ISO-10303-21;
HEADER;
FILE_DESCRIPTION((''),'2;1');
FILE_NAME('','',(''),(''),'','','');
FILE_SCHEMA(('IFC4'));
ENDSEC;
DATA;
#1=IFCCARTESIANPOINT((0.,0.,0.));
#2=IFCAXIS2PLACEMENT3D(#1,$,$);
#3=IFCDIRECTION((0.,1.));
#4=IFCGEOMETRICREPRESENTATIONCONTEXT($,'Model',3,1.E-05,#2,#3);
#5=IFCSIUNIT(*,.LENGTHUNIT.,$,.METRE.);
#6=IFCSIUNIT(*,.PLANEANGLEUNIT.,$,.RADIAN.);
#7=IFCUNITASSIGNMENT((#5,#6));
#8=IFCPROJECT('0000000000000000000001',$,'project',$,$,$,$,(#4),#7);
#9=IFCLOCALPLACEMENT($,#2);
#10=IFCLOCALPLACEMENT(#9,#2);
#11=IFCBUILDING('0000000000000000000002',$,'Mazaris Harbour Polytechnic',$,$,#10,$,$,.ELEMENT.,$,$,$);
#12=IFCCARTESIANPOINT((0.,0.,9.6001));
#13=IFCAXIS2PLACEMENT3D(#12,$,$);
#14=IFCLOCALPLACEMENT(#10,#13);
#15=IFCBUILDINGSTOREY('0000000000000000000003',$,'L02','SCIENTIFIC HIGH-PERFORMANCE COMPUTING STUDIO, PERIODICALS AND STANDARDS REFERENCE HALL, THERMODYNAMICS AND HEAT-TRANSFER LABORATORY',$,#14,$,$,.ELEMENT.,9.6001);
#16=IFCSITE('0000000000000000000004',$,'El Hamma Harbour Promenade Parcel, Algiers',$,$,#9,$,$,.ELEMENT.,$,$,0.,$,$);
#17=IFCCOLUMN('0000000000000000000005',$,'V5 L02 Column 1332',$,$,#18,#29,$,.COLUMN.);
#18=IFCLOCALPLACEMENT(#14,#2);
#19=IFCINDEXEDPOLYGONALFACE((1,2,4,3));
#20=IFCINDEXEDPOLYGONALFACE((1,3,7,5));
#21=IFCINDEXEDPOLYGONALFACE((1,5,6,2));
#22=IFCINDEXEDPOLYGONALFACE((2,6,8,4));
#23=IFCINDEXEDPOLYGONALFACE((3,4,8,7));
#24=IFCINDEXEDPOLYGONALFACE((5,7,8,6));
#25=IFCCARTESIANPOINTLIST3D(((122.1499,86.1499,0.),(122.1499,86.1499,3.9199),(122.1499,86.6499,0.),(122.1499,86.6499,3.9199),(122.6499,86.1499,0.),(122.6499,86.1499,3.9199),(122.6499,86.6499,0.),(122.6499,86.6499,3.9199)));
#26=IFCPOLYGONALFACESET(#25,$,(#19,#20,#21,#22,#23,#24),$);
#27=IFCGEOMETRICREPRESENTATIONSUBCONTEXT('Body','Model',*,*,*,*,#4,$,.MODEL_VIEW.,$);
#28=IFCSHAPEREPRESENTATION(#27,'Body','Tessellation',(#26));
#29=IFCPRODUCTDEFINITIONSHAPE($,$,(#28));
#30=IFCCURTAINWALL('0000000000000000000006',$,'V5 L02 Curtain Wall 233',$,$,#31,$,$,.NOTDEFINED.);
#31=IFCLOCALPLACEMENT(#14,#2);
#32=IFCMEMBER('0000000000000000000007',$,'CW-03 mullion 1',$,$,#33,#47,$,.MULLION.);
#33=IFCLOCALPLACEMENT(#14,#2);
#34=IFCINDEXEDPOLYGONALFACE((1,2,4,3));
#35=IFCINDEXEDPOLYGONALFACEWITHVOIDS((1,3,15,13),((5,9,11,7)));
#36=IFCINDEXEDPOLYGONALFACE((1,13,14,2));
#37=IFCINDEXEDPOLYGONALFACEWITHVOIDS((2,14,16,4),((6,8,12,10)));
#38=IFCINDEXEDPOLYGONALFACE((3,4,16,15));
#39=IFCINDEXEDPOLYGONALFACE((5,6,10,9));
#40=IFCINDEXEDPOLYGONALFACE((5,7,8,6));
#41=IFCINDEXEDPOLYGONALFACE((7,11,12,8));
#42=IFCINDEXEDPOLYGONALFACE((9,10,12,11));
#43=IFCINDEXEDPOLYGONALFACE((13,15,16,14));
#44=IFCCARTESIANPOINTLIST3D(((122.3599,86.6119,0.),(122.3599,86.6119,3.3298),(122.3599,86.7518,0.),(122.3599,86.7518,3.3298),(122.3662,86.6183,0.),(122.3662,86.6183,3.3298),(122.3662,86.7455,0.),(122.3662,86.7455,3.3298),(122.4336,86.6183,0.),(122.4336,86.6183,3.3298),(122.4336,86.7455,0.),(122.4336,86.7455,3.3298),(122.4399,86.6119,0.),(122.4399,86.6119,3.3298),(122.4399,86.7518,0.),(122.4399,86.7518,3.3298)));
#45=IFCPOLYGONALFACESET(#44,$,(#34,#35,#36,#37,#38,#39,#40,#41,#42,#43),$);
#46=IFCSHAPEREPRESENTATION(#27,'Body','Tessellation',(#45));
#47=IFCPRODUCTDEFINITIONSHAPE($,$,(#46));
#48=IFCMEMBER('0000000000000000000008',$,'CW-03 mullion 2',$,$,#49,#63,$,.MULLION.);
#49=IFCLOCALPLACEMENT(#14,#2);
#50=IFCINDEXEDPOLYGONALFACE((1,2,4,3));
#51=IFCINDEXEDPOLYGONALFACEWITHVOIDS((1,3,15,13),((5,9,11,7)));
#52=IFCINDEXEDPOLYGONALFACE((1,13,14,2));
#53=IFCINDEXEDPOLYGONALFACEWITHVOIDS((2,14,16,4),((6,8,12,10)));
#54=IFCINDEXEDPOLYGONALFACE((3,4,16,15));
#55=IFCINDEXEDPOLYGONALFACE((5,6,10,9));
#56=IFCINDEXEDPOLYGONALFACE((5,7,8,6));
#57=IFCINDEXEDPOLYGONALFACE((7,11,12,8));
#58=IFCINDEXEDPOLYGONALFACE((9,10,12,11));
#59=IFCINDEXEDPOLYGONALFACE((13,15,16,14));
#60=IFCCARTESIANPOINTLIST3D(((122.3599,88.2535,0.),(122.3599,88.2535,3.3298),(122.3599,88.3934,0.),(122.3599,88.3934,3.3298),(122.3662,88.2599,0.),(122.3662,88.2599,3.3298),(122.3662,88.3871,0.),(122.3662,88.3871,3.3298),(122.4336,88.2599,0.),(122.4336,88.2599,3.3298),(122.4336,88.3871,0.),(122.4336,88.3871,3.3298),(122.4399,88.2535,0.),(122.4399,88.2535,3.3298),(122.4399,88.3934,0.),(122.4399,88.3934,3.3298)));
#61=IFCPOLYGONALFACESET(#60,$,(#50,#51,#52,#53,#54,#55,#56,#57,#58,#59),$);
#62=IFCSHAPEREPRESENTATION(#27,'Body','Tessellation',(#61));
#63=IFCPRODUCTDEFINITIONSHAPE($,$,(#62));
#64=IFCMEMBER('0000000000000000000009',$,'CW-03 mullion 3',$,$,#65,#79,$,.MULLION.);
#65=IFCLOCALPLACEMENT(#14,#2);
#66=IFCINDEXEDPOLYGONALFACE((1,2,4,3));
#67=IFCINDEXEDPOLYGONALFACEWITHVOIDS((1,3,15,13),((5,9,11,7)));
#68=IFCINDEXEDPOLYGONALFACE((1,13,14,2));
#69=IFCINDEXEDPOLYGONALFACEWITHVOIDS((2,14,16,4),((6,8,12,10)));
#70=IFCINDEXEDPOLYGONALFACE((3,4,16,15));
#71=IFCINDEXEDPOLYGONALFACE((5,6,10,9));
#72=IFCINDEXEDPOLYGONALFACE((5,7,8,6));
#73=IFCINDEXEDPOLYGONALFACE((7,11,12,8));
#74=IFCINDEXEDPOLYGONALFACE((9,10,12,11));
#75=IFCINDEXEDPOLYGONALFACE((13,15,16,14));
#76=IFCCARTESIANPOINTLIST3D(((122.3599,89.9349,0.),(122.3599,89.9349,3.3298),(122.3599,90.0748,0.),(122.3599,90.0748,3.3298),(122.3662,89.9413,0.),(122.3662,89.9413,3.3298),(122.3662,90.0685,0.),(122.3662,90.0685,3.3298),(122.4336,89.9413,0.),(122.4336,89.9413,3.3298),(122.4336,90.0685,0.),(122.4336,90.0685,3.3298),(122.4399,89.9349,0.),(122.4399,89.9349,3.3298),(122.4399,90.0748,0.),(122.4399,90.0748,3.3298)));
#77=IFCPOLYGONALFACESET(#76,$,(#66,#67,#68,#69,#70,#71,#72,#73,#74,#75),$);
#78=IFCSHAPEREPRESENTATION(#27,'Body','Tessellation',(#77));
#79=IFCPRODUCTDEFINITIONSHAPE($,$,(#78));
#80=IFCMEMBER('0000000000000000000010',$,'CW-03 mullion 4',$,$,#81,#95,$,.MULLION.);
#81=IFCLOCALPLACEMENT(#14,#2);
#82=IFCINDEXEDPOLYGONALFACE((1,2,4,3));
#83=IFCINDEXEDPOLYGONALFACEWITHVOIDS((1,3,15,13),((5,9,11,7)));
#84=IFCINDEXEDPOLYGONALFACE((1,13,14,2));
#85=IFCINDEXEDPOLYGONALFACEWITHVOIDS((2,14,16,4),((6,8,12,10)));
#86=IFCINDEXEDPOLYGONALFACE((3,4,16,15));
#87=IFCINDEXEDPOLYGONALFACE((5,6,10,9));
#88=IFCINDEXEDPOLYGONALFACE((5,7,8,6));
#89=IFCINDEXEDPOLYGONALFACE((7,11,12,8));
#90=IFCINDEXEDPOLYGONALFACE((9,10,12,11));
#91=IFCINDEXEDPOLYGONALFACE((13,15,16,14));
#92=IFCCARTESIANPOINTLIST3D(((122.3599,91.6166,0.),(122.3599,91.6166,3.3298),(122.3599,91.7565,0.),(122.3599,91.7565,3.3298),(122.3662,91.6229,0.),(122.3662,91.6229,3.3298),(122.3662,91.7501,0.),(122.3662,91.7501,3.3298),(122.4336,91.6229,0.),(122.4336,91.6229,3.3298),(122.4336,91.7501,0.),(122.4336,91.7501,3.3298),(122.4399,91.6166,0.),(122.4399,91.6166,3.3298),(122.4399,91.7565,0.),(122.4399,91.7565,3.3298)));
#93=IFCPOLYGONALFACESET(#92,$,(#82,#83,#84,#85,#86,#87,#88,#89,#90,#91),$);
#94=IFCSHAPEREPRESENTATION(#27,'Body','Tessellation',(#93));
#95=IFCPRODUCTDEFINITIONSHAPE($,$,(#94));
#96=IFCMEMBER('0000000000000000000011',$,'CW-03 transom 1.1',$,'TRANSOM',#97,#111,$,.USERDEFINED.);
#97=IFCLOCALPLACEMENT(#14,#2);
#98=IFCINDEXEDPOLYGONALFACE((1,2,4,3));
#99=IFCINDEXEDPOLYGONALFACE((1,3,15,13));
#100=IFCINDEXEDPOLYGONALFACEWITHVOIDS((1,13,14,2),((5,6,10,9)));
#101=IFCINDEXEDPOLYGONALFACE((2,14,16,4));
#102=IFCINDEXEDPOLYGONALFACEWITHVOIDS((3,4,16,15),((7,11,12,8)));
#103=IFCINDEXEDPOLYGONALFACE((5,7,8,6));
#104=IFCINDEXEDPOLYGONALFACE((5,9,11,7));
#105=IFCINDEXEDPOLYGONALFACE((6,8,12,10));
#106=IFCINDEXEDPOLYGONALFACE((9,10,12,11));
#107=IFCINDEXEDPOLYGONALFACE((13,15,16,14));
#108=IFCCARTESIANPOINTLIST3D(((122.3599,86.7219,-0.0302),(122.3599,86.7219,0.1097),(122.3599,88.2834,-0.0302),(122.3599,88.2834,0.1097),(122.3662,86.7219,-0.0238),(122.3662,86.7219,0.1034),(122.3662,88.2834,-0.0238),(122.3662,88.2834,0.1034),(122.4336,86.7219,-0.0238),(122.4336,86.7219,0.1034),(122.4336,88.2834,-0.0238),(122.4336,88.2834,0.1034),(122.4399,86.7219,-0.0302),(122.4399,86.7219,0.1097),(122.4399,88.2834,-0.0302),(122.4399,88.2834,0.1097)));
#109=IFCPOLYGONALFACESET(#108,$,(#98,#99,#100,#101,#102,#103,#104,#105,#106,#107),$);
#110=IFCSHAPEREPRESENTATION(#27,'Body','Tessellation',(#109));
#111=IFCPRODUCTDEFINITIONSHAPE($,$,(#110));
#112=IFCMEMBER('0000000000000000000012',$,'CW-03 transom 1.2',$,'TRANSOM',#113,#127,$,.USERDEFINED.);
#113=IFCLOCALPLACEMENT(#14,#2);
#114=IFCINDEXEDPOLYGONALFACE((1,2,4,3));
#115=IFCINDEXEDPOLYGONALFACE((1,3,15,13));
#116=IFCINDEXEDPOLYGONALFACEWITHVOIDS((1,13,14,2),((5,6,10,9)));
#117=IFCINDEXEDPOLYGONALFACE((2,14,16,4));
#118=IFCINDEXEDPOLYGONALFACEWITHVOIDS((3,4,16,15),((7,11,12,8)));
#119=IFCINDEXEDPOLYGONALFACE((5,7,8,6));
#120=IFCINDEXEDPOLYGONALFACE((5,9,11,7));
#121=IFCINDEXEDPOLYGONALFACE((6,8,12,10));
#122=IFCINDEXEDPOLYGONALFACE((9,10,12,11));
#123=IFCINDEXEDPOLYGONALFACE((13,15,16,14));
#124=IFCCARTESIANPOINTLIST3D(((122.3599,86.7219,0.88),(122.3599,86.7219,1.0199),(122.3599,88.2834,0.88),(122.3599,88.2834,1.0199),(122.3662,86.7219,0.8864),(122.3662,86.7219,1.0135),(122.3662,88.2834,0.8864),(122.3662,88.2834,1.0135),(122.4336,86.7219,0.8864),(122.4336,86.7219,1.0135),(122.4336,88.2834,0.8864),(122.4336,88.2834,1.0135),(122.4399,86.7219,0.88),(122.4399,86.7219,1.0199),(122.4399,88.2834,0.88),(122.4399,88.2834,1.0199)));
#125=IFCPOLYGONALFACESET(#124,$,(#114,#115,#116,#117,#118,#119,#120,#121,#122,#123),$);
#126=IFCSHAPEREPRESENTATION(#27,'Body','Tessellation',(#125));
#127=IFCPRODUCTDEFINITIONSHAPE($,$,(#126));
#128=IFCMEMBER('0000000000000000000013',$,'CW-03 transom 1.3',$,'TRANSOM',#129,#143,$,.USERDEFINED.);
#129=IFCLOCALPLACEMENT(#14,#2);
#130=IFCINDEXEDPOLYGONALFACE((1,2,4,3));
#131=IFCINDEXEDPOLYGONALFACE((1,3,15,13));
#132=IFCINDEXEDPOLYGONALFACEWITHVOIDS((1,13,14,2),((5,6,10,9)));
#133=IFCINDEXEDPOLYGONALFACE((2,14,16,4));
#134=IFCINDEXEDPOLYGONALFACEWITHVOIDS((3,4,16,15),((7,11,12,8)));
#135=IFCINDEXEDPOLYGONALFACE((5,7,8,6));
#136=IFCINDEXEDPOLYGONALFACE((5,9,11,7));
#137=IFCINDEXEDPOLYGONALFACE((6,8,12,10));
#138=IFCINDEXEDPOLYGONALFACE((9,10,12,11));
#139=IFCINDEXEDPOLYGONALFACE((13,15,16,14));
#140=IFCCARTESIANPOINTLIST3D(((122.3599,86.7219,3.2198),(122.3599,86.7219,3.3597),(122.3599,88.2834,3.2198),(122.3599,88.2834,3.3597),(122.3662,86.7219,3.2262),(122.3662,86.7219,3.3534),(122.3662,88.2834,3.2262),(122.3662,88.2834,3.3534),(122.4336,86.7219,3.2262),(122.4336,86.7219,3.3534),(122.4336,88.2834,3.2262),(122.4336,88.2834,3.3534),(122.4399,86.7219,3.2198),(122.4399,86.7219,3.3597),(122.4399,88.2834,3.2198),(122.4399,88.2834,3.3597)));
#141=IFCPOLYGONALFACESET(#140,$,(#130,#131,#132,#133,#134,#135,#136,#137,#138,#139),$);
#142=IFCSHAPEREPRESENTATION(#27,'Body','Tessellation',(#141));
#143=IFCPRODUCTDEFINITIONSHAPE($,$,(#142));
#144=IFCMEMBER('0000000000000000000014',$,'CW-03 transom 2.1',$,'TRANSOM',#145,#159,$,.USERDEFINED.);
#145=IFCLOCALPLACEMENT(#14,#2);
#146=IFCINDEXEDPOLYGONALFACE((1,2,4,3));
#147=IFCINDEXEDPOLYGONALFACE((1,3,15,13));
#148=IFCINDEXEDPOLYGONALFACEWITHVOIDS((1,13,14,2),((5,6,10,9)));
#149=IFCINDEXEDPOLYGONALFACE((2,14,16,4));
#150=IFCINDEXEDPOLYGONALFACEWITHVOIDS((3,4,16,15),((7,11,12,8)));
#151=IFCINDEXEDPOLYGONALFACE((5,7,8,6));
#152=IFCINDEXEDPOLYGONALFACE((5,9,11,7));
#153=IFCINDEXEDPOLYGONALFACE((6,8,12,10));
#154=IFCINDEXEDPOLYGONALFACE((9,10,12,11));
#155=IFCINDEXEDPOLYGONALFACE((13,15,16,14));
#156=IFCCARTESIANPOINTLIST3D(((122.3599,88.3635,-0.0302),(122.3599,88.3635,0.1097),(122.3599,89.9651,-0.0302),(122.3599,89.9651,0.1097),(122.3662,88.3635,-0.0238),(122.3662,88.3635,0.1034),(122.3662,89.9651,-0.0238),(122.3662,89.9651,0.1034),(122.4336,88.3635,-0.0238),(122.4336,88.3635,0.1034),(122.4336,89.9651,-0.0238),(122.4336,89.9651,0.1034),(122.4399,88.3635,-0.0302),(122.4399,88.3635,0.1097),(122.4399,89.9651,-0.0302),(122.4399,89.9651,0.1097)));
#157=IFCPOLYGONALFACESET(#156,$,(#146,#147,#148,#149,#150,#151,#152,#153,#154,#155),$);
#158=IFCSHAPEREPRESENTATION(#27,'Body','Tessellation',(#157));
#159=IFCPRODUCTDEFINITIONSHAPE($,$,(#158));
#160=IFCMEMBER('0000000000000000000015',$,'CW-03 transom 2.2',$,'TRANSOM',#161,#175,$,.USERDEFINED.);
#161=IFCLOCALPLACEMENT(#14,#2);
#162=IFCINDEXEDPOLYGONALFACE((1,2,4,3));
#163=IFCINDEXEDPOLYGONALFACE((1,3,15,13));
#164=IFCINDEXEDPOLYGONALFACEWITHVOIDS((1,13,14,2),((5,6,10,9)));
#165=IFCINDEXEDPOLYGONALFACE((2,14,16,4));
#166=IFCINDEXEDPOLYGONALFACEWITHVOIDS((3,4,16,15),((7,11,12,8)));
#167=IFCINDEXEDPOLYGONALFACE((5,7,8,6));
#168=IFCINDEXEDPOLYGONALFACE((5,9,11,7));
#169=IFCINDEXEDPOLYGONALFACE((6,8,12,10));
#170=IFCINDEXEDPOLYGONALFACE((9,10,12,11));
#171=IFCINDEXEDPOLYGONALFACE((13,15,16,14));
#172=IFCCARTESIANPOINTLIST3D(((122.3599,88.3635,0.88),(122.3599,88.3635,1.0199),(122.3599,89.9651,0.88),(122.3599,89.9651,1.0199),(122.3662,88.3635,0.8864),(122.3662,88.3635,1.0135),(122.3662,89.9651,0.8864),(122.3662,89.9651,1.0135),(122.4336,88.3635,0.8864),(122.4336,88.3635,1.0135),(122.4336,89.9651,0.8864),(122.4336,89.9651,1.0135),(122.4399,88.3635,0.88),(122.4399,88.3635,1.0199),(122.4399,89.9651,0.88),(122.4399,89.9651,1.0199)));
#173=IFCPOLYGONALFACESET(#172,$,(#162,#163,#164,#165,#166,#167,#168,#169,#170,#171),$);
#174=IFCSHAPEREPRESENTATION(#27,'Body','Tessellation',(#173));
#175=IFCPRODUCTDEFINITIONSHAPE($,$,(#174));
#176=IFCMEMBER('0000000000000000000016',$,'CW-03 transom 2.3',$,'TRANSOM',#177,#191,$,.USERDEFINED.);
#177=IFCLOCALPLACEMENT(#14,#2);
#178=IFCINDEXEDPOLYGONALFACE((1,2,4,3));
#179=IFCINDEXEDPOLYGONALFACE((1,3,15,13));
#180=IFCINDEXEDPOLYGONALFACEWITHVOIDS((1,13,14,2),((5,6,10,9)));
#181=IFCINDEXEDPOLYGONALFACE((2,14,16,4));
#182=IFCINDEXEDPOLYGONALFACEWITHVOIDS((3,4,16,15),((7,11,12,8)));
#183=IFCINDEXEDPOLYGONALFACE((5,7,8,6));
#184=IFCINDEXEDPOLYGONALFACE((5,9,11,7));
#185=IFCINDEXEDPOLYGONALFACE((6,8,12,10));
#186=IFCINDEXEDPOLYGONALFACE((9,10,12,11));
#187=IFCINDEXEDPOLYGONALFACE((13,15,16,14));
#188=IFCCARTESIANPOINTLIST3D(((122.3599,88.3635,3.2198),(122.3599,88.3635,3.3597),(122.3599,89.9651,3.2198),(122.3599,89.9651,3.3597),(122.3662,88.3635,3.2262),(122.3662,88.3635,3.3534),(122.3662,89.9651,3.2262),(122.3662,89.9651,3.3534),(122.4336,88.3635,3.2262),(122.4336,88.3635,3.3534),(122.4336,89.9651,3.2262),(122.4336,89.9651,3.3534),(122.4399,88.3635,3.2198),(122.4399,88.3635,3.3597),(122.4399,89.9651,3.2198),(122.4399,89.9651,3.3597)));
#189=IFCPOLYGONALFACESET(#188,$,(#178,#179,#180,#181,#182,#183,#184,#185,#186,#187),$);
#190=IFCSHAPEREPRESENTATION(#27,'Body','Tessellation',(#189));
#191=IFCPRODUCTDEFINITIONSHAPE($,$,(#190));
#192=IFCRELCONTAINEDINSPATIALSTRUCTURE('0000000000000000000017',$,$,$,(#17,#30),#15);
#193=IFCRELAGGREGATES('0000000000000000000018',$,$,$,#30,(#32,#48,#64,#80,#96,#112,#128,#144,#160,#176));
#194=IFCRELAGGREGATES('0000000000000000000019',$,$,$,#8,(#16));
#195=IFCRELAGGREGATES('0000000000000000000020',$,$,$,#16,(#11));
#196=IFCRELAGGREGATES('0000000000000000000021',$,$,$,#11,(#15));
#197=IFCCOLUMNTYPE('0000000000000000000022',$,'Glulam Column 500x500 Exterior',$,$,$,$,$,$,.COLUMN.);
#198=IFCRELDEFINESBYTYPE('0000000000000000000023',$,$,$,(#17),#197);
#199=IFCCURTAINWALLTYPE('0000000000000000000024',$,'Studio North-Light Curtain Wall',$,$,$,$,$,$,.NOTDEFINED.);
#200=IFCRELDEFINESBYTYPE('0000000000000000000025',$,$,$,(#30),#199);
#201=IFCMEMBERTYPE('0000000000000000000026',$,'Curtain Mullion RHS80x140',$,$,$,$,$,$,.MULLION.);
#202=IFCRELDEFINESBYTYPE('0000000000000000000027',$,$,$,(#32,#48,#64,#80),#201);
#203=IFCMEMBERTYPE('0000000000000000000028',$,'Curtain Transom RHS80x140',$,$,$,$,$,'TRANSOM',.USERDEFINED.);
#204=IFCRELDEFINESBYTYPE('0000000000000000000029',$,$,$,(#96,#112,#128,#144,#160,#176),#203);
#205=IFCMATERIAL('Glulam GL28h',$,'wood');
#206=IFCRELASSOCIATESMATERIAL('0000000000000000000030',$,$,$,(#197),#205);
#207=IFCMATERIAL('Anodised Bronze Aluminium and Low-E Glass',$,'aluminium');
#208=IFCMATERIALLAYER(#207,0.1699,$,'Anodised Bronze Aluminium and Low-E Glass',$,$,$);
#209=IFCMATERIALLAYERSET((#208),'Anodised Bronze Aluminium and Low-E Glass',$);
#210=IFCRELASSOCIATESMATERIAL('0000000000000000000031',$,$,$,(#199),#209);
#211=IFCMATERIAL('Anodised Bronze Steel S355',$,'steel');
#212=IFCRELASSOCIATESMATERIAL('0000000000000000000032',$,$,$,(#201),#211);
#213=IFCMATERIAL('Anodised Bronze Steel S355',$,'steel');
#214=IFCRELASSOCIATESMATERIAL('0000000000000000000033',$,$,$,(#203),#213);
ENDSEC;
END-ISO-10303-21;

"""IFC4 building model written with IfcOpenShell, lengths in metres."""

from ifc_helpers import new_model, si_unit, direction, frame, origin, origin_2d, place, context, subcontext, project, spatial, rectangle, hollow_rectangle, extrude, material, layer, layer_set, material_profile, profile_set, type_object, element, aggregate, save


model = new_model("IFC4")

# Units and contexts
model_context = context("Model", 3, precision=1e-05, world=origin(), true_north=direction((0.0, 1.0)))
body_context = subcontext(model_context, "Body", "Model", "MODEL_VIEW")
ifc_project = project(units=[si_unit("LENGTHUNIT", "METRE"), si_unit("PLANEANGLEUNIT", "RADIAN")], contexts=[model_context])

# Site, building, storey
site_placement = place(None, origin())
site = spatial("IfcSite", under=ifc_project, at=site_placement, Name="El Hamma Harbour Promenade Parcel, Algiers", CompositionType="ELEMENT", RefElevation=0.0)
building_placement = place(site_placement, origin())
building = spatial("IfcBuilding", under=site, at=building_placement, Name="Mazaris Harbour Polytechnic", CompositionType="ELEMENT")
storey_placement = place(building_placement, frame((0.0, 0.0, 9.6001)))
storey = spatial("IfcBuildingStorey", under=building, at=storey_placement, Name="L02", Description="SCIENTIFIC HIGH-PERFORMANCE COMPUTING STUDIO, PERIODICALS AND STANDARDS REFERENCE HALL, THERMODYNAMICS AND HEAT-TRANSFER LABORATORY", CompositionType="ELEMENT", Elevation=9.6001)

# Column
ifc_material_1 = material(Name="Glulam GL28h", Category="wood")
ifc_material_profile_1 = material_profile(ifc_material_1, rectangle(XDim=0.5, YDim=0.5, at=origin_2d()), Name="RECT500x500")
ifc_profile_set_1 = profile_set([ifc_material_profile_1], Name="Glulam GL28h")
column_type = type_object("IfcColumnType", Name="Glulam Column 500x500 Exterior", PredefinedType="COLUMN", material=ifc_profile_set_1)
column_placement = place(storey_placement, frame((122.3999, 86.3999, 0.0), z_axis=(0.0, 0.0, 1.0), x_axis=(1.0, 0.0, 0.0)))
element("IfcColumn", 1, at=column_placement, inside=storey, type_object=column_type, Name="V5 L02 Column 1332", PredefinedType="COLUMN", context=body_context, shape_type="SweptSolid", body=[
    extrude(rectangle(XDim=0.5, YDim=0.5, at=origin_2d()), origin(), (0.0, 0.0, 1.0), 3.9199),
])

# Curtain wall, members
ifc_material_2 = material(Name="Anodised Bronze Aluminium and Low-E Glass", Category="aluminium")
ifc_layer_1 = layer(ifc_material_2, 0.1699, Name="Anodised Bronze Aluminium and Low-E Glass")
ifc_layer_set_1 = layer_set([ifc_layer_1], Name="Anodised Bronze Aluminium and Low-E Glass")
curtain_wall_type = type_object("IfcCurtainWallType", Name="Studio North-Light Curtain Wall", PredefinedType="NOTDEFINED", material=ifc_layer_set_1)
curtain_wall_placement = place(storey_placement, origin())
curtain_wall = element("IfcCurtainWall", 2, at=curtain_wall_placement, inside=storey, type_object=curtain_wall_type, Name="V5 L02 Curtain Wall 233", PredefinedType="NOTDEFINED")
ifc_material_3 = material(Name="Anodised Bronze Steel S355", Category="steel")
ifc_material_profile_2 = material_profile(ifc_material_3, hollow_rectangle(XDim=0.0801, YDim=0.1399, WallThickness=0.0063, at=origin_2d()), Name="RHS 80x140x6.3")
ifc_profile_set_2 = profile_set([ifc_material_profile_2], Name="Anodised Bronze Steel S355")
member_type_1 = type_object("IfcMemberType", Name="Curtain Mullion RHS80x140", PredefinedType="MULLION", material=ifc_profile_set_2)
member_1_placement = place(storey_placement, frame((122.3999, 86.6819, 0.0), z_axis=(0.0, 0.0, 1.0), x_axis=(-1.0, 0.0, 0.0)))
member_1 = element("IfcMember", 3, at=member_1_placement, type_object=member_type_1, Name="CW-03 mullion 1", PredefinedType="MULLION", context=body_context, shape_type="SweptSolid", body=[
    extrude(hollow_rectangle(XDim=0.0801, YDim=0.1399, WallThickness=0.0063, at=origin_2d()), origin(), (0.0, 0.0, 1.0), 3.3298),
])
member_2_placement = place(storey_placement, frame((122.3999, 88.3235, 0.0), z_axis=(0.0, 0.0, 1.0), x_axis=(-1.0, 0.0, 0.0)))
member_2 = element("IfcMember", 4, at=member_2_placement, type_object=member_type_1, Name="CW-03 mullion 2", PredefinedType="MULLION", context=body_context, shape_type="SweptSolid", body=[
    extrude(hollow_rectangle(XDim=0.0801, YDim=0.1399, WallThickness=0.0063, at=origin_2d()), origin(), (0.0, 0.0, 1.0), 3.3298),
])
member_3_placement = place(storey_placement, frame((122.3999, 90.0049, 0.0), z_axis=(0.0, 0.0, 1.0), x_axis=(-1.0, 0.0, 0.0)))
member_3 = element("IfcMember", 5, at=member_3_placement, type_object=member_type_1, Name="CW-03 mullion 3", PredefinedType="MULLION", context=body_context, shape_type="SweptSolid", body=[
    extrude(hollow_rectangle(XDim=0.0801, YDim=0.1399, WallThickness=0.0063, at=origin_2d()), origin(), (0.0, 0.0, 1.0), 3.3298),
])
member_4_placement = place(storey_placement, frame((122.3999, 91.6865, 0.0), z_axis=(0.0, 0.0, 1.0), x_axis=(-1.0, 0.0, 0.0)))
member_4 = element("IfcMember", 6, at=member_4_placement, type_object=member_type_1, Name="CW-03 mullion 4", PredefinedType="MULLION", context=body_context, shape_type="SweptSolid", body=[
    extrude(hollow_rectangle(XDim=0.0801, YDim=0.1399, WallThickness=0.0063, at=origin_2d()), origin(), (0.0, 0.0, 1.0), 3.3298),
])
ifc_material_4 = material(Name="Anodised Bronze Steel S355", Category="steel")
ifc_material_profile_3 = material_profile(ifc_material_4, hollow_rectangle(XDim=0.0801, YDim=0.1399, WallThickness=0.0063, at=origin_2d()), Name="RHS 80x140x6.3")
ifc_profile_set_3 = profile_set([ifc_material_profile_3], Name="Anodised Bronze Steel S355")
member_type_2 = type_object("IfcMemberType", Name="Curtain Transom RHS80x140", ElementType="TRANSOM", PredefinedType="USERDEFINED", material=ifc_profile_set_3)
member_5_placement = place(storey_placement, frame((122.3999, 86.7219, 0.0398), z_axis=(0.0, 1.0, 0.0), x_axis=(-1.0, 0.0, 0.0)))
member_5 = element("IfcMember", 7, at=member_5_placement, type_object=member_type_2, Name="CW-03 transom 1.1", ObjectType="TRANSOM", PredefinedType="USERDEFINED", context=body_context, shape_type="SweptSolid", body=[
    extrude(hollow_rectangle(XDim=0.0801, YDim=0.1399, WallThickness=0.0063, at=origin_2d()), origin(), (0.0, 0.0, 1.0), 1.5615),
])
member_6_placement = place(storey_placement, frame((122.3999, 86.7219, 0.95), z_axis=(0.0, 1.0, 0.0), x_axis=(-1.0, 0.0, 0.0)))
member_6 = element("IfcMember", 8, at=member_6_placement, type_object=member_type_2, Name="CW-03 transom 1.2", ObjectType="TRANSOM", PredefinedType="USERDEFINED", context=body_context, shape_type="SweptSolid", body=[
    extrude(hollow_rectangle(XDim=0.0801, YDim=0.1399, WallThickness=0.0063, at=origin_2d()), origin(), (0.0, 0.0, 1.0), 1.5615),
])
member_7_placement = place(storey_placement, frame((122.3999, 86.7219, 3.2898), z_axis=(0.0, 1.0, 0.0), x_axis=(-1.0, 0.0, 0.0)))
member_7 = element("IfcMember", 9, at=member_7_placement, type_object=member_type_2, Name="CW-03 transom 1.3", ObjectType="TRANSOM", PredefinedType="USERDEFINED", context=body_context, shape_type="SweptSolid", body=[
    extrude(hollow_rectangle(XDim=0.0801, YDim=0.1399, WallThickness=0.0063, at=origin_2d()), origin(), (0.0, 0.0, 1.0), 1.5615),
])
member_8_placement = place(storey_placement, frame((122.3999, 88.3635, 0.0398), z_axis=(0.0, 1.0, 0.0), x_axis=(-1.0, 0.0, 0.0)))
member_8 = element("IfcMember", 10, at=member_8_placement, type_object=member_type_2, Name="CW-03 transom 2.1", ObjectType="TRANSOM", PredefinedType="USERDEFINED", context=body_context, shape_type="SweptSolid", body=[
    extrude(hollow_rectangle(XDim=0.0801, YDim=0.1399, WallThickness=0.0063, at=origin_2d()), origin(), (0.0, 0.0, 1.0), 1.6016),
])
member_9_placement = place(storey_placement, frame((122.3999, 88.3635, 0.95), z_axis=(0.0, 1.0, 0.0), x_axis=(-1.0, 0.0, 0.0)))
member_9 = element("IfcMember", 11, at=member_9_placement, type_object=member_type_2, Name="CW-03 transom 2.2", ObjectType="TRANSOM", PredefinedType="USERDEFINED", context=body_context, shape_type="SweptSolid", body=[
    extrude(hollow_rectangle(XDim=0.0801, YDim=0.1399, WallThickness=0.0063, at=origin_2d()), origin(), (0.0, 0.0, 1.0), 1.6016),
])
member_10_placement = place(storey_placement, frame((122.3999, 88.3635, 3.2898), z_axis=(0.0, 1.0, 0.0), x_axis=(-1.0, 0.0, 0.0)))
member_10 = element("IfcMember", 12, at=member_10_placement, type_object=member_type_2, Name="CW-03 transom 2.3", ObjectType="TRANSOM", PredefinedType="USERDEFINED", context=body_context, shape_type="SweptSolid", body=[
    extrude(hollow_rectangle(XDim=0.0801, YDim=0.1399, WallThickness=0.0063, at=origin_2d()), origin(), (0.0, 0.0, 1.0), 1.6016),
])

aggregate(curtain_wall, [member_1, member_2, member_3, member_4, member_5, member_6, member_7, member_8, member_9, member_10])

save(model, "model.ifc")
